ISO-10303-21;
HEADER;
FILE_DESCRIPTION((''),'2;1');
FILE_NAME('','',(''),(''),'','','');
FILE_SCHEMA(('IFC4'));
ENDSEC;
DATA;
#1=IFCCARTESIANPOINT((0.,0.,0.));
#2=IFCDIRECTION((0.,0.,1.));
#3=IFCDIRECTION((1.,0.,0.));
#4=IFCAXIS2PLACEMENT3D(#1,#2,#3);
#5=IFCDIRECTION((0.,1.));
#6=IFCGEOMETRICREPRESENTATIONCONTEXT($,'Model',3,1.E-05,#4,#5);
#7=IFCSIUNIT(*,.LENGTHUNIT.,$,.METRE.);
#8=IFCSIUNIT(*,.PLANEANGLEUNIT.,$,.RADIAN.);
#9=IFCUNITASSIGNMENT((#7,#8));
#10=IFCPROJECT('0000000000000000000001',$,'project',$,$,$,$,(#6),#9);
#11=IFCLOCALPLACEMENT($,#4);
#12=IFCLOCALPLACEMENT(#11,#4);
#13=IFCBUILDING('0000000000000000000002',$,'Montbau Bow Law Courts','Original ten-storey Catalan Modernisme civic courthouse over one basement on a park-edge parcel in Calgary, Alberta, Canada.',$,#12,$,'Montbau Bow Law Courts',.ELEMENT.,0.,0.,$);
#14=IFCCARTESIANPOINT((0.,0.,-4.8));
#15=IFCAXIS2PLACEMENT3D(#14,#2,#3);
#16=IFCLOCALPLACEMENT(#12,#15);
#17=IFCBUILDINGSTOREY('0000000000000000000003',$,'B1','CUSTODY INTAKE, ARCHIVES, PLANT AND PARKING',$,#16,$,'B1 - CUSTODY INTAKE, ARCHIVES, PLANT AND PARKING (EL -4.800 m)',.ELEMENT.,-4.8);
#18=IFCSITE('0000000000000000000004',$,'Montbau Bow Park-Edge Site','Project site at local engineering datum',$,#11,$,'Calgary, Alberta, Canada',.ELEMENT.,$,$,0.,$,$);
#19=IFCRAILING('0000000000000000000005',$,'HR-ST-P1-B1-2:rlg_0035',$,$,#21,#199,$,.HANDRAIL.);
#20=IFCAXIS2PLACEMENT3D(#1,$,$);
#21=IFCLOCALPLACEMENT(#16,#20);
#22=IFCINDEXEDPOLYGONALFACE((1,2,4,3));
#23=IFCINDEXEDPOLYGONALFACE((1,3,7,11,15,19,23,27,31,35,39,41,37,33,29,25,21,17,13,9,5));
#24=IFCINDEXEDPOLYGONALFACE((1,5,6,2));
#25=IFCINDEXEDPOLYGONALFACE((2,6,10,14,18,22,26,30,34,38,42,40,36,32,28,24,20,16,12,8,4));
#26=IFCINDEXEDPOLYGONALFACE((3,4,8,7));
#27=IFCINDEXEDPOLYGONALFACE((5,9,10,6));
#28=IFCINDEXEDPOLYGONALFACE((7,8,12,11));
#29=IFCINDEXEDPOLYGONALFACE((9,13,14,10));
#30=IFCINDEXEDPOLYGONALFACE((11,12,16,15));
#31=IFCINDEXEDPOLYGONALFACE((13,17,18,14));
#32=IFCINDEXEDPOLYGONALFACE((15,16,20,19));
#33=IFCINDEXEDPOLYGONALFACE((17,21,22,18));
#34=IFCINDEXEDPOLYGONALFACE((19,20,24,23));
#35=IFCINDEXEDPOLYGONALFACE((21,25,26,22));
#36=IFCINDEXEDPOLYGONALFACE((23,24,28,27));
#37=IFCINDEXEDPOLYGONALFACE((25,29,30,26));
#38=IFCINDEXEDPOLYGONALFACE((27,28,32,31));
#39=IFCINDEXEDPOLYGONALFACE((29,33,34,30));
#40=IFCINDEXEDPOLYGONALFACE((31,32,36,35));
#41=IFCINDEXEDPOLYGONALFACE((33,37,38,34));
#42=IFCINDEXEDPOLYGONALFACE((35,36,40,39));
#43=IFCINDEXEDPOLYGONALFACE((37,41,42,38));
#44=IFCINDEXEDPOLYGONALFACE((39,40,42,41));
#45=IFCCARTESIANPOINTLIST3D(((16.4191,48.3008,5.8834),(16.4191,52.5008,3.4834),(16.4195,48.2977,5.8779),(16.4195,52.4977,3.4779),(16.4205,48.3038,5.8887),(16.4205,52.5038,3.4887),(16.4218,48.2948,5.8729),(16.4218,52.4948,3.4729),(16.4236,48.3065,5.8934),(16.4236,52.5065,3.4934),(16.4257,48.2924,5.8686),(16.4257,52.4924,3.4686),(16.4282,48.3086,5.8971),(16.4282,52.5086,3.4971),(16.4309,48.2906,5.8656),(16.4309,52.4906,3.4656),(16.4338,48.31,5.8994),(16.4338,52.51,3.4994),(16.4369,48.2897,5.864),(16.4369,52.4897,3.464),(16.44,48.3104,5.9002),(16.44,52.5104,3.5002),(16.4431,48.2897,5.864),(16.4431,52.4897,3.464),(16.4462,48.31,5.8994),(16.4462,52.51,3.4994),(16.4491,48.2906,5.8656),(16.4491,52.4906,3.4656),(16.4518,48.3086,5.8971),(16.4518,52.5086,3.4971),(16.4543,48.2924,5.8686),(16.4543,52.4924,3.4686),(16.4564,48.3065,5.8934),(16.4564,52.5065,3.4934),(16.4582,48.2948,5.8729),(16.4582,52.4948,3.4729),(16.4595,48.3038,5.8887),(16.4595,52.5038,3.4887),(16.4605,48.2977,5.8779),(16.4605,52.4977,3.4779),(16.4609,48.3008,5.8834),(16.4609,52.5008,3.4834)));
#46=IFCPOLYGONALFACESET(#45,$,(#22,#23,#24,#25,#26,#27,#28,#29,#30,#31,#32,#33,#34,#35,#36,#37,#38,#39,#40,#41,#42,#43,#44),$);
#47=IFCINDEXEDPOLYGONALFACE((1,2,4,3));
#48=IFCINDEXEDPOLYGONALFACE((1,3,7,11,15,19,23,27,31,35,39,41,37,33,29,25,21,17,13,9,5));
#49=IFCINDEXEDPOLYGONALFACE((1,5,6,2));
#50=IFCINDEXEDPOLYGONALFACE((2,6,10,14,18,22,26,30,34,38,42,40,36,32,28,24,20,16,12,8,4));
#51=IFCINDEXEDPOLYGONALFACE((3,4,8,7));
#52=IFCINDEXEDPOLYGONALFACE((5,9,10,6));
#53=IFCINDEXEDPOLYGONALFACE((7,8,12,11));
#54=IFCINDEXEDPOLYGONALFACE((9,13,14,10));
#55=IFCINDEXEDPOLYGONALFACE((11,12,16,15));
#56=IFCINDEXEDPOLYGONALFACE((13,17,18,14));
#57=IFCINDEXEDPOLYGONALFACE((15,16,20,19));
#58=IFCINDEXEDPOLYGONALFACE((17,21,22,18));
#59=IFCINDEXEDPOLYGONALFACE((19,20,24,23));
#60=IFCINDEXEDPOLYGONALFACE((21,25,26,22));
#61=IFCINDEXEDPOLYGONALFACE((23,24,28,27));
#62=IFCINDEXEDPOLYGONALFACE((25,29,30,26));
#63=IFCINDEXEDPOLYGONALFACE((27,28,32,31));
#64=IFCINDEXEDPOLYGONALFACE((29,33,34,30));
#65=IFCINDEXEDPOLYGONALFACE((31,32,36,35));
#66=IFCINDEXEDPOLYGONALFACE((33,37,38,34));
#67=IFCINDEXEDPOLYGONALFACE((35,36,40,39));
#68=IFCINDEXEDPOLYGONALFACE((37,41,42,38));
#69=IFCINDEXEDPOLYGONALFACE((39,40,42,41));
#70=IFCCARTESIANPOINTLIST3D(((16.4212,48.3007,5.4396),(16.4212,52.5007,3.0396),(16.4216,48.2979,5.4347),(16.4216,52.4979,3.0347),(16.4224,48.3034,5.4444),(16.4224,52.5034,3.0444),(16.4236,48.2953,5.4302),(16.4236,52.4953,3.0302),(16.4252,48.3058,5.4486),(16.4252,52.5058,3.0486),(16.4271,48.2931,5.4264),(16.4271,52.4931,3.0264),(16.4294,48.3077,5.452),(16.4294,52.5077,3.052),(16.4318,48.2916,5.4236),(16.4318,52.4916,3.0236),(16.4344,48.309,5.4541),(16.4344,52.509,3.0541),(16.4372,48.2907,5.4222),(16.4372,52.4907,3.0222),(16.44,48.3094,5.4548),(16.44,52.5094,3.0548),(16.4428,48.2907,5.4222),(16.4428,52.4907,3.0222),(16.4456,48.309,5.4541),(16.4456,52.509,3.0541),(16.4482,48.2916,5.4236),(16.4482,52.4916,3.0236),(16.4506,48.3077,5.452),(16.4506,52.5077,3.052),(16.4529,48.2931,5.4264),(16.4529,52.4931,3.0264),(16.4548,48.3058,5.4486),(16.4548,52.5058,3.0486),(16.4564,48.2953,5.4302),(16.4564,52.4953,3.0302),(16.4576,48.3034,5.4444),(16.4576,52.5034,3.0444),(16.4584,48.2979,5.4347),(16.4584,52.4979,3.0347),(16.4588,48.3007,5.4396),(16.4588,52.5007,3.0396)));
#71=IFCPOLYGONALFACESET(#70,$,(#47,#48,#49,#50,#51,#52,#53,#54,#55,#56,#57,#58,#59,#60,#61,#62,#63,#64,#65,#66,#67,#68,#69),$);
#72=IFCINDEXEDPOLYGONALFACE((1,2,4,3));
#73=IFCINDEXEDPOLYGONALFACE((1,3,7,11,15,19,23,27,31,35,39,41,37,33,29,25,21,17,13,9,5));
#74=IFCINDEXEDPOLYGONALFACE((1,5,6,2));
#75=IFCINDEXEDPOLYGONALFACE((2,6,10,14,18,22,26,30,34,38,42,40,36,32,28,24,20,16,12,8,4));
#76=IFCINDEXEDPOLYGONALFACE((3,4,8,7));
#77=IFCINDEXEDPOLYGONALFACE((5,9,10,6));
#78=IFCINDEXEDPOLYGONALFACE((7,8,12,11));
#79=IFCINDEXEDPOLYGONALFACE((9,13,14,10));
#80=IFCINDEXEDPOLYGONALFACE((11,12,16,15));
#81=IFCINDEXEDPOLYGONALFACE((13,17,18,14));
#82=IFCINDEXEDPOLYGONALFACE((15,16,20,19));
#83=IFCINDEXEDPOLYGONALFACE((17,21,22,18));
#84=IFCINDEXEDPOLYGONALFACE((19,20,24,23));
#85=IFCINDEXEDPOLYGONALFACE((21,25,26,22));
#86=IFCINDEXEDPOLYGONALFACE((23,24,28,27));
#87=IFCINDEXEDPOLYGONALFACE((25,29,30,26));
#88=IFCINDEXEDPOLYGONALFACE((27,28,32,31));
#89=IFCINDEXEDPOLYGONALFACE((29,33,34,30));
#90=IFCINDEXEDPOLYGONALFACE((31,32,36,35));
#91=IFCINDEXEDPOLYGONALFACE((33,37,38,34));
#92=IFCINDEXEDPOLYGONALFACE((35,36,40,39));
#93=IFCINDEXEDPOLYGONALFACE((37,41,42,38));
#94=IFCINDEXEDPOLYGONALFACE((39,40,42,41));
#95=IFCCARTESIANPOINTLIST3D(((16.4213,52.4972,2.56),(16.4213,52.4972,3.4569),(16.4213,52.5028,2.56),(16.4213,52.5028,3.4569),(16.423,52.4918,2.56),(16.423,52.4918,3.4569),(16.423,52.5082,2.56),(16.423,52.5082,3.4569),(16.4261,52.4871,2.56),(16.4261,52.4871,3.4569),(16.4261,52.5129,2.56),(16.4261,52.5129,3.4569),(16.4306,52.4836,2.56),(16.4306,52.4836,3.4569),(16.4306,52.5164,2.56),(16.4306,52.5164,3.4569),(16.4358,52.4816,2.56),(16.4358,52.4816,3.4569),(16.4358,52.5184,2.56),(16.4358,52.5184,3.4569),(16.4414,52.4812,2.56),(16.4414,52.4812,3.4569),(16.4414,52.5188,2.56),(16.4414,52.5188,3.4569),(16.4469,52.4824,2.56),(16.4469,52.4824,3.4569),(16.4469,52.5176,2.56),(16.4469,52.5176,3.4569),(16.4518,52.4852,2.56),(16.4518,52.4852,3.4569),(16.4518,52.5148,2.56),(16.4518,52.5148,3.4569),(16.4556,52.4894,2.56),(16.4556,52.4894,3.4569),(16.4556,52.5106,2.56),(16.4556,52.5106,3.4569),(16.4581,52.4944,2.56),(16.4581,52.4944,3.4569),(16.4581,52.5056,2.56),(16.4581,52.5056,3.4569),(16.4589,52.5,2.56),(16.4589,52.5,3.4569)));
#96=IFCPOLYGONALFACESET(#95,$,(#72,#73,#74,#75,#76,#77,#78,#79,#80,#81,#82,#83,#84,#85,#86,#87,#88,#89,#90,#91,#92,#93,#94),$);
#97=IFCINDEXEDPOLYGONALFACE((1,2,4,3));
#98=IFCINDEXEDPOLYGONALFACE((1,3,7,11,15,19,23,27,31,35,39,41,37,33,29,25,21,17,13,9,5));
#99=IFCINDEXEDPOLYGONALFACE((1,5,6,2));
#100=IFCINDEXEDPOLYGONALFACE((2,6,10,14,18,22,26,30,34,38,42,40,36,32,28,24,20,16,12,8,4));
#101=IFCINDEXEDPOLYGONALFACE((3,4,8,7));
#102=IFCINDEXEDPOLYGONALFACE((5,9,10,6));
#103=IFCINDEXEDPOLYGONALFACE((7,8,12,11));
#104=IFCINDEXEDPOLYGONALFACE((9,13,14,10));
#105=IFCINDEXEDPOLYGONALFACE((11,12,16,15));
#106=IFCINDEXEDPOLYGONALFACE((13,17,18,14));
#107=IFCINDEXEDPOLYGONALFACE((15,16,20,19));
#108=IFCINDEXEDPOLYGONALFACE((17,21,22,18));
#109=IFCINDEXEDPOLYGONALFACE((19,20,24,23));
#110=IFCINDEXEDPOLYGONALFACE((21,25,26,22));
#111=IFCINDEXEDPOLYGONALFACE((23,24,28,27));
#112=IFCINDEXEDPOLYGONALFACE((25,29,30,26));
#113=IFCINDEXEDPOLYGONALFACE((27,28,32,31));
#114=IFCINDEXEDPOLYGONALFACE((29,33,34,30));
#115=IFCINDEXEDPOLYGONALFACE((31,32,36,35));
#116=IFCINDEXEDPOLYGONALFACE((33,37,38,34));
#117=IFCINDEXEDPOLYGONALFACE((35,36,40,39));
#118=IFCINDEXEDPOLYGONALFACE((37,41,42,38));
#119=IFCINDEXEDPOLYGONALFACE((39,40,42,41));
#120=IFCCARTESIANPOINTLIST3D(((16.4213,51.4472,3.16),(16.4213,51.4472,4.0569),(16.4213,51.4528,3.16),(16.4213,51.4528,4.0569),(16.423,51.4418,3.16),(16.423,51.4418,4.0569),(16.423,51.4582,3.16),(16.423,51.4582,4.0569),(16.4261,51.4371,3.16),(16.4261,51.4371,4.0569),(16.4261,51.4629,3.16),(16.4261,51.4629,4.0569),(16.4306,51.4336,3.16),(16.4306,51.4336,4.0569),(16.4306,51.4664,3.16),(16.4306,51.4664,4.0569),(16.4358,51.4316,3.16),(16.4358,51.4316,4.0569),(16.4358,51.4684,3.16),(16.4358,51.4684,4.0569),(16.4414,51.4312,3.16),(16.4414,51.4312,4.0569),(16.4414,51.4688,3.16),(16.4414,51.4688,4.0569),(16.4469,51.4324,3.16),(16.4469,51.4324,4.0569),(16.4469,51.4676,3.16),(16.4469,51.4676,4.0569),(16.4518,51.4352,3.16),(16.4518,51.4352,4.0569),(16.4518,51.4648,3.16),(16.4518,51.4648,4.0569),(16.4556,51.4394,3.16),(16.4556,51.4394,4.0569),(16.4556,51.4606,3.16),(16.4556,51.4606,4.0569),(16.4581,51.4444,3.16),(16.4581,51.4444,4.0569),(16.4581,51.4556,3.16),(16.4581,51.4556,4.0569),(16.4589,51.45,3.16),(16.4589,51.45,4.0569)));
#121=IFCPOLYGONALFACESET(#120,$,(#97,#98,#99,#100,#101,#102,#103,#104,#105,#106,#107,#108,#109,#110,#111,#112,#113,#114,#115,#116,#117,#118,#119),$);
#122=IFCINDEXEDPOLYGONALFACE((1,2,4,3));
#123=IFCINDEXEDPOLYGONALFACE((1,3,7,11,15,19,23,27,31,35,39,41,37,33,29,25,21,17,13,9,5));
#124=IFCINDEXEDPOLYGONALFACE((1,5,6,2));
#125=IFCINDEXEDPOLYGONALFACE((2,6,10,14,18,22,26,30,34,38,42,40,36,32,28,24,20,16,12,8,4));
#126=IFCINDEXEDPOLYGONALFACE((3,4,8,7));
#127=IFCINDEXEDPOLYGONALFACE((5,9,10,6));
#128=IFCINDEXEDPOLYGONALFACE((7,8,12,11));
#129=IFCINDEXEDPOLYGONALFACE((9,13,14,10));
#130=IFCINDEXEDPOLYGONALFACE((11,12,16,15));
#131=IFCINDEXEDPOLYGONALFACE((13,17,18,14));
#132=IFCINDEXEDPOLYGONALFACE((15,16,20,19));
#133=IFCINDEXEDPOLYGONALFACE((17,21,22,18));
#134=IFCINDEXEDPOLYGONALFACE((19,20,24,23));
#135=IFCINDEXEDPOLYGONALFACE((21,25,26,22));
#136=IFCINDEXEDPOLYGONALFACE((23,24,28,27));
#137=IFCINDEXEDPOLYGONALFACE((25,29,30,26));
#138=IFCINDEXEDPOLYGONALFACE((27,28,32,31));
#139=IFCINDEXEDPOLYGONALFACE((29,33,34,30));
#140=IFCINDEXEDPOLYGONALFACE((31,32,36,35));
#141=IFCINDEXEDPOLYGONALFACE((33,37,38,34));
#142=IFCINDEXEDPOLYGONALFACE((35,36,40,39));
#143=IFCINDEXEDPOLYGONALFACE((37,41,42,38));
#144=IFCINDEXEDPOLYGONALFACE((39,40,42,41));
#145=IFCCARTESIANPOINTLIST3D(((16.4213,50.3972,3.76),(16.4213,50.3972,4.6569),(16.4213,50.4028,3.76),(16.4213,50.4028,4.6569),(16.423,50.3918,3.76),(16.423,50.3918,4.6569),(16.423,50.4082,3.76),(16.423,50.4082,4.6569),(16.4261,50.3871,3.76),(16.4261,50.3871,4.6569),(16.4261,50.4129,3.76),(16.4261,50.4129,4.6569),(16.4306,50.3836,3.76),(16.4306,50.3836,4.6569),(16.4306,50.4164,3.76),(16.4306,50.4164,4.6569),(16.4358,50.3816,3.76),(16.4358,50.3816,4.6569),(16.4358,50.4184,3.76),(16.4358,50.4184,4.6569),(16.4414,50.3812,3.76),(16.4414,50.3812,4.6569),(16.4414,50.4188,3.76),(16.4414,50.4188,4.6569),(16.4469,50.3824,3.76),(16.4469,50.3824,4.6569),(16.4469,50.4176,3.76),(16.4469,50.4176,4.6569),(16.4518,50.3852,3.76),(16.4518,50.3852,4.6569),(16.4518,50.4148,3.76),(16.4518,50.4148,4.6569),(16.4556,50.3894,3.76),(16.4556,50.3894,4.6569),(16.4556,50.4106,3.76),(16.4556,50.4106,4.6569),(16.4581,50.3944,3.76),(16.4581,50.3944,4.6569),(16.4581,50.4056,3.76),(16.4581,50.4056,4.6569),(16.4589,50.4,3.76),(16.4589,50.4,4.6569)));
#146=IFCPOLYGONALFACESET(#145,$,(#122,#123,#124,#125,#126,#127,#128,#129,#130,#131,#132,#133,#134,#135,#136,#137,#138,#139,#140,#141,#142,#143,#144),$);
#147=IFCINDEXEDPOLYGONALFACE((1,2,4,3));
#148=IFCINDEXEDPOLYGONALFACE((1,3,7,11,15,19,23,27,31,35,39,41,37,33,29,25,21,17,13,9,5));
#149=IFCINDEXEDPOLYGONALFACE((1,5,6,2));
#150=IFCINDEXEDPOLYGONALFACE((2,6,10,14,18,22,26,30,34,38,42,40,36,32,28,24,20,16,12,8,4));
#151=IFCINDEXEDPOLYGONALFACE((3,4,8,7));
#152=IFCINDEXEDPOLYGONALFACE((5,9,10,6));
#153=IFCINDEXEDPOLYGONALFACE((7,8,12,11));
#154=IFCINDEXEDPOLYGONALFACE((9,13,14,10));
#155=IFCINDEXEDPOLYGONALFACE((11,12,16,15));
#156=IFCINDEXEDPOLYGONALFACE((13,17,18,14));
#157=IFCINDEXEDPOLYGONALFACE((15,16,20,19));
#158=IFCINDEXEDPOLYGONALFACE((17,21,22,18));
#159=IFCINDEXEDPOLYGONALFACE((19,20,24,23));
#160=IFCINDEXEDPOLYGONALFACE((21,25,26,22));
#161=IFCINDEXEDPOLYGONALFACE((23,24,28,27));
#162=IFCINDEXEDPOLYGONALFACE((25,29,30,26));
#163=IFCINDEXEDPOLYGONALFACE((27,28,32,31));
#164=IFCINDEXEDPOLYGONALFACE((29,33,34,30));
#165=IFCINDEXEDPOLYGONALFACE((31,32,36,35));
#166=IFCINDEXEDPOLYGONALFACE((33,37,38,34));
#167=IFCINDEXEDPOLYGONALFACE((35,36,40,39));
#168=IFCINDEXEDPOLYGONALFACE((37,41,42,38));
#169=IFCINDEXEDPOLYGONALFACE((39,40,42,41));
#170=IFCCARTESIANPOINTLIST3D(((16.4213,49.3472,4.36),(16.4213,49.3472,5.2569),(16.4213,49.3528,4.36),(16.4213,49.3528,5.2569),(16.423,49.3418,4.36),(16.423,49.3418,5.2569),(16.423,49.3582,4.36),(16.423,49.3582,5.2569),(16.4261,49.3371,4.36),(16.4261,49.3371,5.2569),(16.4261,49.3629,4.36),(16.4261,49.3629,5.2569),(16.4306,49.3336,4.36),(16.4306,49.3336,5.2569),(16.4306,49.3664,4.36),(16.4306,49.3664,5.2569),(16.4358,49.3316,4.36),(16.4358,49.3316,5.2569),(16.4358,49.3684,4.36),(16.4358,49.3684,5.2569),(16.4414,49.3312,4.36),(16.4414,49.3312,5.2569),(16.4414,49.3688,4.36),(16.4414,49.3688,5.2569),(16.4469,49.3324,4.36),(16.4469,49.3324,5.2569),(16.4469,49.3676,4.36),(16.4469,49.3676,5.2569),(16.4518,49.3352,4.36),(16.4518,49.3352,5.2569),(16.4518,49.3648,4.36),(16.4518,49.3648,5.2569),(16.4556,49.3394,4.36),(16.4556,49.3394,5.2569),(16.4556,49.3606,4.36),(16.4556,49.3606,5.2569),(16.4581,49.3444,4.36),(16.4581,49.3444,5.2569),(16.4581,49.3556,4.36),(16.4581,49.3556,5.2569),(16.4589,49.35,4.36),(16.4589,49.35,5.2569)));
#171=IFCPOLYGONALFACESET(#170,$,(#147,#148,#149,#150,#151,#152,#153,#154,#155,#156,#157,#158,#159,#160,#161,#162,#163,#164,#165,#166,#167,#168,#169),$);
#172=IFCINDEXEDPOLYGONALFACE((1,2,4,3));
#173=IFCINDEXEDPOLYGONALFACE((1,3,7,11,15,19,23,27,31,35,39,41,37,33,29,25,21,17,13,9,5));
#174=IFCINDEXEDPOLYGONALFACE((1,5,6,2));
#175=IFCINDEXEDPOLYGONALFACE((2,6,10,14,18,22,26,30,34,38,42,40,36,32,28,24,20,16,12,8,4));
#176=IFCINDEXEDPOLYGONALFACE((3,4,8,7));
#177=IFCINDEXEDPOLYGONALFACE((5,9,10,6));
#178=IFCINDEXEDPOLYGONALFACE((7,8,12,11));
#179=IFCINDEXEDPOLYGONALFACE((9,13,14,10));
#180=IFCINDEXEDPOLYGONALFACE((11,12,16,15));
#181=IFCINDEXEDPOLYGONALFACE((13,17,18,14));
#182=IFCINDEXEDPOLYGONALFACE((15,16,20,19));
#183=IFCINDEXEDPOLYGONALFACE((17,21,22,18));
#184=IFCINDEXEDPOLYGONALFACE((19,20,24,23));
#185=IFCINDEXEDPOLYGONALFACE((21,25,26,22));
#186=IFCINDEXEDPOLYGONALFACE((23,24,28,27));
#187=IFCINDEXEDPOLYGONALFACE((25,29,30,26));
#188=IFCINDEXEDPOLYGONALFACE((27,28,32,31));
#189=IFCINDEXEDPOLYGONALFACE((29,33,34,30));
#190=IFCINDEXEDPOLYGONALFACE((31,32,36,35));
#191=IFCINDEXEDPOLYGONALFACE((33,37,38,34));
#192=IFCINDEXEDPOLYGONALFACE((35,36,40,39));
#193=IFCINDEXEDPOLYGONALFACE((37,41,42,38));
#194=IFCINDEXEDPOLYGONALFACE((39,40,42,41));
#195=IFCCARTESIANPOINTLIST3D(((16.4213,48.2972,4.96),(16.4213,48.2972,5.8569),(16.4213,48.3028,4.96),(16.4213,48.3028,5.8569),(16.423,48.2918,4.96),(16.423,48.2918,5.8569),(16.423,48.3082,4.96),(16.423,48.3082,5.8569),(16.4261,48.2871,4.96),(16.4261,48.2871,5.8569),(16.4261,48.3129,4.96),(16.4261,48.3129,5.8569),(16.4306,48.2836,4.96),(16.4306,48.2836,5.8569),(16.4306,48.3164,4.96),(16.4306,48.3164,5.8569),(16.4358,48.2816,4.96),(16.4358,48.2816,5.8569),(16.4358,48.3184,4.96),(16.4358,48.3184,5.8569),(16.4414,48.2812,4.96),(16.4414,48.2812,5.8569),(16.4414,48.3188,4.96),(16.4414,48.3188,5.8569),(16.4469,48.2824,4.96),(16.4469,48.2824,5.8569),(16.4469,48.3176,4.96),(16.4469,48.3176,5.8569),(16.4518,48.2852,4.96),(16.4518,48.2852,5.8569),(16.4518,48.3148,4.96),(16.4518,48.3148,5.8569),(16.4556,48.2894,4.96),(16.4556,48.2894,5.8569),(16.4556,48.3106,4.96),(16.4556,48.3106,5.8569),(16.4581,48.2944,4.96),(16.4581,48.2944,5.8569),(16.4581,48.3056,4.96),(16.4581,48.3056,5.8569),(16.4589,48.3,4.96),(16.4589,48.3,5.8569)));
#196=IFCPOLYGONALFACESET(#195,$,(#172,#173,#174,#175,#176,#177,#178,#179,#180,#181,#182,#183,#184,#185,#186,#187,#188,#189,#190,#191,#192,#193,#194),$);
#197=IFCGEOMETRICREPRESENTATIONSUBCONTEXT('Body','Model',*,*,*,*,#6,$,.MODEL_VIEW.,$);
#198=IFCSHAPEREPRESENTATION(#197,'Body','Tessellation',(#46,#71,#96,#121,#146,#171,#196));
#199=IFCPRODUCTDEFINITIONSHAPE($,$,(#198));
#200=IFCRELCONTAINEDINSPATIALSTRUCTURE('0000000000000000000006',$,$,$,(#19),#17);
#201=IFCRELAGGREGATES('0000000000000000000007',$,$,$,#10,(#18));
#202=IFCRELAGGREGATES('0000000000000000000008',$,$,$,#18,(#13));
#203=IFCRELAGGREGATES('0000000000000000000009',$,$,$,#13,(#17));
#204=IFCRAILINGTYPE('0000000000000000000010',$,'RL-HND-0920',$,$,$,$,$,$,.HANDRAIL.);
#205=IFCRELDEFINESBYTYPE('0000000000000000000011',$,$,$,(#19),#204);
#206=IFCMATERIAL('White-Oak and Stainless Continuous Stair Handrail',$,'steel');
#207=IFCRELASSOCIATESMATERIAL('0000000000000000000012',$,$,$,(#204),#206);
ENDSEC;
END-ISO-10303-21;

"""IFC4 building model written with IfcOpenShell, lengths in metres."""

from ifc_helpers import new_model, si_unit, direction, frame, origin_with_axes, origin_2d_with_axis, place, context, subcontext, project, spatial, circle, extrude, material, type_object, element, save


model = new_model("IFC4")

# Units and contexts
model_context = context("Model", 3, precision=1e-05, world=origin_with_axes(), true_north=direction((0.0, 1.0)))
body_context = subcontext(model_context, "Body", "Model", "MODEL_VIEW")
ifc_project = project(units=[si_unit("LENGTHUNIT", "METRE"), si_unit("PLANEANGLEUNIT", "RADIAN")], contexts=[model_context])

# Site, building, storey
site_placement = place(None, origin_with_axes())
site = spatial("IfcSite", under=ifc_project, at=site_placement, Name="Montbau Bow Park-Edge Site", Description="Project site at local engineering datum", LongName="Calgary, Alberta, Canada", CompositionType="ELEMENT", RefElevation=0.0)
building_placement = place(site_placement, origin_with_axes())
building = spatial("IfcBuilding", under=site, at=building_placement, Name="Montbau Bow Law Courts", Description="Original ten-storey Catalan Modernisme civic courthouse over one basement on a park-edge parcel in Calgary, Alberta, Canada.", LongName="Montbau Bow Law Courts", CompositionType="ELEMENT", ElevationOfRefHeight=0.0, ElevationOfTerrain=0.0)
storey_placement = place(building_placement, frame((0.0, 0.0, -4.8), z_axis=(0.0, 0.0, 1.0), x_axis=(1.0, 0.0, 0.0)))
storey = spatial("IfcBuildingStorey", under=building, at=storey_placement, Name="B1", Description="CUSTODY INTAKE, ARCHIVES, PLANT AND PARKING", LongName="B1 - CUSTODY INTAKE, ARCHIVES, PLANT AND PARKING (EL -4.800 m)", CompositionType="ELEMENT", Elevation=-4.8)

# Railing
ifc_material_1 = material(Name="White-Oak and Stainless Continuous Stair Handrail", Category="steel")
railing_type_1 = type_object("IfcRailingType", Name="RL-HND-0920", PredefinedType="HANDRAIL", material=ifc_material_1)
railing_1_placement = place(None, origin_with_axes())
element("IfcRailing", 1, at=railing_1_placement, inside=storey, type_object=railing_type_1, Name="HR-ST-P1-B1-2:rlg_0035", PredefinedType="HANDRAIL", context=body_context, shape_type="SweptSolid", body=[
    extrude(circle(Radius=0.021, at=origin_2d_with_axis()), frame((16.44, 52.5, -1.318), z_axis=(0.0, -0.868243, 0.496139), x_axis=(0.0, 0.496139, 0.868243)), (0.0, 0.0, 1.0), 4.8374),
    extrude(circle(Radius=0.0189, at=origin_2d_with_axis()), frame((16.44, 52.5, -1.7616), z_axis=(0.0, -0.868243, 0.496139), x_axis=(0.0, 0.496139, 0.868243)), (0.0, 0.0, 1.0), 4.8374),
    extrude(circle(Radius=0.0189, at=origin_2d_with_axis()), frame((16.44, 52.5, -2.24), z_axis=(0.0, 0.0, 1.0), x_axis=(1.0, 0.0, 0.0)), (0.0, 0.0, 1.0), 0.8969),
    extrude(circle(Radius=0.0189, at=origin_2d_with_axis()), frame((16.44, 51.45, -1.64), z_axis=(0.0, 0.0, 1.0), x_axis=(1.0, 0.0, 0.0)), (0.0, 0.0, 1.0), 0.8969),
    extrude(circle(Radius=0.0189, at=origin_2d_with_axis()), frame((16.44, 50.4, -1.04), z_axis=(0.0, 0.0, 1.0), x_axis=(1.0, 0.0, 0.0)), (0.0, 0.0, 1.0), 0.8969),
    extrude(circle(Radius=0.0189, at=origin_2d_with_axis()), frame((16.44, 49.35, -0.44), z_axis=(0.0, 0.0, 1.0), x_axis=(1.0, 0.0, 0.0)), (0.0, 0.0, 1.0), 0.8969),
    extrude(circle(Radius=0.0189, at=origin_2d_with_axis()), frame((16.44, 48.3, 0.16), z_axis=(0.0, 0.0, 1.0), x_axis=(1.0, 0.0, 0.0)), (0.0, 0.0, 1.0), 0.8969),
])

save(model, "model.ifc")
